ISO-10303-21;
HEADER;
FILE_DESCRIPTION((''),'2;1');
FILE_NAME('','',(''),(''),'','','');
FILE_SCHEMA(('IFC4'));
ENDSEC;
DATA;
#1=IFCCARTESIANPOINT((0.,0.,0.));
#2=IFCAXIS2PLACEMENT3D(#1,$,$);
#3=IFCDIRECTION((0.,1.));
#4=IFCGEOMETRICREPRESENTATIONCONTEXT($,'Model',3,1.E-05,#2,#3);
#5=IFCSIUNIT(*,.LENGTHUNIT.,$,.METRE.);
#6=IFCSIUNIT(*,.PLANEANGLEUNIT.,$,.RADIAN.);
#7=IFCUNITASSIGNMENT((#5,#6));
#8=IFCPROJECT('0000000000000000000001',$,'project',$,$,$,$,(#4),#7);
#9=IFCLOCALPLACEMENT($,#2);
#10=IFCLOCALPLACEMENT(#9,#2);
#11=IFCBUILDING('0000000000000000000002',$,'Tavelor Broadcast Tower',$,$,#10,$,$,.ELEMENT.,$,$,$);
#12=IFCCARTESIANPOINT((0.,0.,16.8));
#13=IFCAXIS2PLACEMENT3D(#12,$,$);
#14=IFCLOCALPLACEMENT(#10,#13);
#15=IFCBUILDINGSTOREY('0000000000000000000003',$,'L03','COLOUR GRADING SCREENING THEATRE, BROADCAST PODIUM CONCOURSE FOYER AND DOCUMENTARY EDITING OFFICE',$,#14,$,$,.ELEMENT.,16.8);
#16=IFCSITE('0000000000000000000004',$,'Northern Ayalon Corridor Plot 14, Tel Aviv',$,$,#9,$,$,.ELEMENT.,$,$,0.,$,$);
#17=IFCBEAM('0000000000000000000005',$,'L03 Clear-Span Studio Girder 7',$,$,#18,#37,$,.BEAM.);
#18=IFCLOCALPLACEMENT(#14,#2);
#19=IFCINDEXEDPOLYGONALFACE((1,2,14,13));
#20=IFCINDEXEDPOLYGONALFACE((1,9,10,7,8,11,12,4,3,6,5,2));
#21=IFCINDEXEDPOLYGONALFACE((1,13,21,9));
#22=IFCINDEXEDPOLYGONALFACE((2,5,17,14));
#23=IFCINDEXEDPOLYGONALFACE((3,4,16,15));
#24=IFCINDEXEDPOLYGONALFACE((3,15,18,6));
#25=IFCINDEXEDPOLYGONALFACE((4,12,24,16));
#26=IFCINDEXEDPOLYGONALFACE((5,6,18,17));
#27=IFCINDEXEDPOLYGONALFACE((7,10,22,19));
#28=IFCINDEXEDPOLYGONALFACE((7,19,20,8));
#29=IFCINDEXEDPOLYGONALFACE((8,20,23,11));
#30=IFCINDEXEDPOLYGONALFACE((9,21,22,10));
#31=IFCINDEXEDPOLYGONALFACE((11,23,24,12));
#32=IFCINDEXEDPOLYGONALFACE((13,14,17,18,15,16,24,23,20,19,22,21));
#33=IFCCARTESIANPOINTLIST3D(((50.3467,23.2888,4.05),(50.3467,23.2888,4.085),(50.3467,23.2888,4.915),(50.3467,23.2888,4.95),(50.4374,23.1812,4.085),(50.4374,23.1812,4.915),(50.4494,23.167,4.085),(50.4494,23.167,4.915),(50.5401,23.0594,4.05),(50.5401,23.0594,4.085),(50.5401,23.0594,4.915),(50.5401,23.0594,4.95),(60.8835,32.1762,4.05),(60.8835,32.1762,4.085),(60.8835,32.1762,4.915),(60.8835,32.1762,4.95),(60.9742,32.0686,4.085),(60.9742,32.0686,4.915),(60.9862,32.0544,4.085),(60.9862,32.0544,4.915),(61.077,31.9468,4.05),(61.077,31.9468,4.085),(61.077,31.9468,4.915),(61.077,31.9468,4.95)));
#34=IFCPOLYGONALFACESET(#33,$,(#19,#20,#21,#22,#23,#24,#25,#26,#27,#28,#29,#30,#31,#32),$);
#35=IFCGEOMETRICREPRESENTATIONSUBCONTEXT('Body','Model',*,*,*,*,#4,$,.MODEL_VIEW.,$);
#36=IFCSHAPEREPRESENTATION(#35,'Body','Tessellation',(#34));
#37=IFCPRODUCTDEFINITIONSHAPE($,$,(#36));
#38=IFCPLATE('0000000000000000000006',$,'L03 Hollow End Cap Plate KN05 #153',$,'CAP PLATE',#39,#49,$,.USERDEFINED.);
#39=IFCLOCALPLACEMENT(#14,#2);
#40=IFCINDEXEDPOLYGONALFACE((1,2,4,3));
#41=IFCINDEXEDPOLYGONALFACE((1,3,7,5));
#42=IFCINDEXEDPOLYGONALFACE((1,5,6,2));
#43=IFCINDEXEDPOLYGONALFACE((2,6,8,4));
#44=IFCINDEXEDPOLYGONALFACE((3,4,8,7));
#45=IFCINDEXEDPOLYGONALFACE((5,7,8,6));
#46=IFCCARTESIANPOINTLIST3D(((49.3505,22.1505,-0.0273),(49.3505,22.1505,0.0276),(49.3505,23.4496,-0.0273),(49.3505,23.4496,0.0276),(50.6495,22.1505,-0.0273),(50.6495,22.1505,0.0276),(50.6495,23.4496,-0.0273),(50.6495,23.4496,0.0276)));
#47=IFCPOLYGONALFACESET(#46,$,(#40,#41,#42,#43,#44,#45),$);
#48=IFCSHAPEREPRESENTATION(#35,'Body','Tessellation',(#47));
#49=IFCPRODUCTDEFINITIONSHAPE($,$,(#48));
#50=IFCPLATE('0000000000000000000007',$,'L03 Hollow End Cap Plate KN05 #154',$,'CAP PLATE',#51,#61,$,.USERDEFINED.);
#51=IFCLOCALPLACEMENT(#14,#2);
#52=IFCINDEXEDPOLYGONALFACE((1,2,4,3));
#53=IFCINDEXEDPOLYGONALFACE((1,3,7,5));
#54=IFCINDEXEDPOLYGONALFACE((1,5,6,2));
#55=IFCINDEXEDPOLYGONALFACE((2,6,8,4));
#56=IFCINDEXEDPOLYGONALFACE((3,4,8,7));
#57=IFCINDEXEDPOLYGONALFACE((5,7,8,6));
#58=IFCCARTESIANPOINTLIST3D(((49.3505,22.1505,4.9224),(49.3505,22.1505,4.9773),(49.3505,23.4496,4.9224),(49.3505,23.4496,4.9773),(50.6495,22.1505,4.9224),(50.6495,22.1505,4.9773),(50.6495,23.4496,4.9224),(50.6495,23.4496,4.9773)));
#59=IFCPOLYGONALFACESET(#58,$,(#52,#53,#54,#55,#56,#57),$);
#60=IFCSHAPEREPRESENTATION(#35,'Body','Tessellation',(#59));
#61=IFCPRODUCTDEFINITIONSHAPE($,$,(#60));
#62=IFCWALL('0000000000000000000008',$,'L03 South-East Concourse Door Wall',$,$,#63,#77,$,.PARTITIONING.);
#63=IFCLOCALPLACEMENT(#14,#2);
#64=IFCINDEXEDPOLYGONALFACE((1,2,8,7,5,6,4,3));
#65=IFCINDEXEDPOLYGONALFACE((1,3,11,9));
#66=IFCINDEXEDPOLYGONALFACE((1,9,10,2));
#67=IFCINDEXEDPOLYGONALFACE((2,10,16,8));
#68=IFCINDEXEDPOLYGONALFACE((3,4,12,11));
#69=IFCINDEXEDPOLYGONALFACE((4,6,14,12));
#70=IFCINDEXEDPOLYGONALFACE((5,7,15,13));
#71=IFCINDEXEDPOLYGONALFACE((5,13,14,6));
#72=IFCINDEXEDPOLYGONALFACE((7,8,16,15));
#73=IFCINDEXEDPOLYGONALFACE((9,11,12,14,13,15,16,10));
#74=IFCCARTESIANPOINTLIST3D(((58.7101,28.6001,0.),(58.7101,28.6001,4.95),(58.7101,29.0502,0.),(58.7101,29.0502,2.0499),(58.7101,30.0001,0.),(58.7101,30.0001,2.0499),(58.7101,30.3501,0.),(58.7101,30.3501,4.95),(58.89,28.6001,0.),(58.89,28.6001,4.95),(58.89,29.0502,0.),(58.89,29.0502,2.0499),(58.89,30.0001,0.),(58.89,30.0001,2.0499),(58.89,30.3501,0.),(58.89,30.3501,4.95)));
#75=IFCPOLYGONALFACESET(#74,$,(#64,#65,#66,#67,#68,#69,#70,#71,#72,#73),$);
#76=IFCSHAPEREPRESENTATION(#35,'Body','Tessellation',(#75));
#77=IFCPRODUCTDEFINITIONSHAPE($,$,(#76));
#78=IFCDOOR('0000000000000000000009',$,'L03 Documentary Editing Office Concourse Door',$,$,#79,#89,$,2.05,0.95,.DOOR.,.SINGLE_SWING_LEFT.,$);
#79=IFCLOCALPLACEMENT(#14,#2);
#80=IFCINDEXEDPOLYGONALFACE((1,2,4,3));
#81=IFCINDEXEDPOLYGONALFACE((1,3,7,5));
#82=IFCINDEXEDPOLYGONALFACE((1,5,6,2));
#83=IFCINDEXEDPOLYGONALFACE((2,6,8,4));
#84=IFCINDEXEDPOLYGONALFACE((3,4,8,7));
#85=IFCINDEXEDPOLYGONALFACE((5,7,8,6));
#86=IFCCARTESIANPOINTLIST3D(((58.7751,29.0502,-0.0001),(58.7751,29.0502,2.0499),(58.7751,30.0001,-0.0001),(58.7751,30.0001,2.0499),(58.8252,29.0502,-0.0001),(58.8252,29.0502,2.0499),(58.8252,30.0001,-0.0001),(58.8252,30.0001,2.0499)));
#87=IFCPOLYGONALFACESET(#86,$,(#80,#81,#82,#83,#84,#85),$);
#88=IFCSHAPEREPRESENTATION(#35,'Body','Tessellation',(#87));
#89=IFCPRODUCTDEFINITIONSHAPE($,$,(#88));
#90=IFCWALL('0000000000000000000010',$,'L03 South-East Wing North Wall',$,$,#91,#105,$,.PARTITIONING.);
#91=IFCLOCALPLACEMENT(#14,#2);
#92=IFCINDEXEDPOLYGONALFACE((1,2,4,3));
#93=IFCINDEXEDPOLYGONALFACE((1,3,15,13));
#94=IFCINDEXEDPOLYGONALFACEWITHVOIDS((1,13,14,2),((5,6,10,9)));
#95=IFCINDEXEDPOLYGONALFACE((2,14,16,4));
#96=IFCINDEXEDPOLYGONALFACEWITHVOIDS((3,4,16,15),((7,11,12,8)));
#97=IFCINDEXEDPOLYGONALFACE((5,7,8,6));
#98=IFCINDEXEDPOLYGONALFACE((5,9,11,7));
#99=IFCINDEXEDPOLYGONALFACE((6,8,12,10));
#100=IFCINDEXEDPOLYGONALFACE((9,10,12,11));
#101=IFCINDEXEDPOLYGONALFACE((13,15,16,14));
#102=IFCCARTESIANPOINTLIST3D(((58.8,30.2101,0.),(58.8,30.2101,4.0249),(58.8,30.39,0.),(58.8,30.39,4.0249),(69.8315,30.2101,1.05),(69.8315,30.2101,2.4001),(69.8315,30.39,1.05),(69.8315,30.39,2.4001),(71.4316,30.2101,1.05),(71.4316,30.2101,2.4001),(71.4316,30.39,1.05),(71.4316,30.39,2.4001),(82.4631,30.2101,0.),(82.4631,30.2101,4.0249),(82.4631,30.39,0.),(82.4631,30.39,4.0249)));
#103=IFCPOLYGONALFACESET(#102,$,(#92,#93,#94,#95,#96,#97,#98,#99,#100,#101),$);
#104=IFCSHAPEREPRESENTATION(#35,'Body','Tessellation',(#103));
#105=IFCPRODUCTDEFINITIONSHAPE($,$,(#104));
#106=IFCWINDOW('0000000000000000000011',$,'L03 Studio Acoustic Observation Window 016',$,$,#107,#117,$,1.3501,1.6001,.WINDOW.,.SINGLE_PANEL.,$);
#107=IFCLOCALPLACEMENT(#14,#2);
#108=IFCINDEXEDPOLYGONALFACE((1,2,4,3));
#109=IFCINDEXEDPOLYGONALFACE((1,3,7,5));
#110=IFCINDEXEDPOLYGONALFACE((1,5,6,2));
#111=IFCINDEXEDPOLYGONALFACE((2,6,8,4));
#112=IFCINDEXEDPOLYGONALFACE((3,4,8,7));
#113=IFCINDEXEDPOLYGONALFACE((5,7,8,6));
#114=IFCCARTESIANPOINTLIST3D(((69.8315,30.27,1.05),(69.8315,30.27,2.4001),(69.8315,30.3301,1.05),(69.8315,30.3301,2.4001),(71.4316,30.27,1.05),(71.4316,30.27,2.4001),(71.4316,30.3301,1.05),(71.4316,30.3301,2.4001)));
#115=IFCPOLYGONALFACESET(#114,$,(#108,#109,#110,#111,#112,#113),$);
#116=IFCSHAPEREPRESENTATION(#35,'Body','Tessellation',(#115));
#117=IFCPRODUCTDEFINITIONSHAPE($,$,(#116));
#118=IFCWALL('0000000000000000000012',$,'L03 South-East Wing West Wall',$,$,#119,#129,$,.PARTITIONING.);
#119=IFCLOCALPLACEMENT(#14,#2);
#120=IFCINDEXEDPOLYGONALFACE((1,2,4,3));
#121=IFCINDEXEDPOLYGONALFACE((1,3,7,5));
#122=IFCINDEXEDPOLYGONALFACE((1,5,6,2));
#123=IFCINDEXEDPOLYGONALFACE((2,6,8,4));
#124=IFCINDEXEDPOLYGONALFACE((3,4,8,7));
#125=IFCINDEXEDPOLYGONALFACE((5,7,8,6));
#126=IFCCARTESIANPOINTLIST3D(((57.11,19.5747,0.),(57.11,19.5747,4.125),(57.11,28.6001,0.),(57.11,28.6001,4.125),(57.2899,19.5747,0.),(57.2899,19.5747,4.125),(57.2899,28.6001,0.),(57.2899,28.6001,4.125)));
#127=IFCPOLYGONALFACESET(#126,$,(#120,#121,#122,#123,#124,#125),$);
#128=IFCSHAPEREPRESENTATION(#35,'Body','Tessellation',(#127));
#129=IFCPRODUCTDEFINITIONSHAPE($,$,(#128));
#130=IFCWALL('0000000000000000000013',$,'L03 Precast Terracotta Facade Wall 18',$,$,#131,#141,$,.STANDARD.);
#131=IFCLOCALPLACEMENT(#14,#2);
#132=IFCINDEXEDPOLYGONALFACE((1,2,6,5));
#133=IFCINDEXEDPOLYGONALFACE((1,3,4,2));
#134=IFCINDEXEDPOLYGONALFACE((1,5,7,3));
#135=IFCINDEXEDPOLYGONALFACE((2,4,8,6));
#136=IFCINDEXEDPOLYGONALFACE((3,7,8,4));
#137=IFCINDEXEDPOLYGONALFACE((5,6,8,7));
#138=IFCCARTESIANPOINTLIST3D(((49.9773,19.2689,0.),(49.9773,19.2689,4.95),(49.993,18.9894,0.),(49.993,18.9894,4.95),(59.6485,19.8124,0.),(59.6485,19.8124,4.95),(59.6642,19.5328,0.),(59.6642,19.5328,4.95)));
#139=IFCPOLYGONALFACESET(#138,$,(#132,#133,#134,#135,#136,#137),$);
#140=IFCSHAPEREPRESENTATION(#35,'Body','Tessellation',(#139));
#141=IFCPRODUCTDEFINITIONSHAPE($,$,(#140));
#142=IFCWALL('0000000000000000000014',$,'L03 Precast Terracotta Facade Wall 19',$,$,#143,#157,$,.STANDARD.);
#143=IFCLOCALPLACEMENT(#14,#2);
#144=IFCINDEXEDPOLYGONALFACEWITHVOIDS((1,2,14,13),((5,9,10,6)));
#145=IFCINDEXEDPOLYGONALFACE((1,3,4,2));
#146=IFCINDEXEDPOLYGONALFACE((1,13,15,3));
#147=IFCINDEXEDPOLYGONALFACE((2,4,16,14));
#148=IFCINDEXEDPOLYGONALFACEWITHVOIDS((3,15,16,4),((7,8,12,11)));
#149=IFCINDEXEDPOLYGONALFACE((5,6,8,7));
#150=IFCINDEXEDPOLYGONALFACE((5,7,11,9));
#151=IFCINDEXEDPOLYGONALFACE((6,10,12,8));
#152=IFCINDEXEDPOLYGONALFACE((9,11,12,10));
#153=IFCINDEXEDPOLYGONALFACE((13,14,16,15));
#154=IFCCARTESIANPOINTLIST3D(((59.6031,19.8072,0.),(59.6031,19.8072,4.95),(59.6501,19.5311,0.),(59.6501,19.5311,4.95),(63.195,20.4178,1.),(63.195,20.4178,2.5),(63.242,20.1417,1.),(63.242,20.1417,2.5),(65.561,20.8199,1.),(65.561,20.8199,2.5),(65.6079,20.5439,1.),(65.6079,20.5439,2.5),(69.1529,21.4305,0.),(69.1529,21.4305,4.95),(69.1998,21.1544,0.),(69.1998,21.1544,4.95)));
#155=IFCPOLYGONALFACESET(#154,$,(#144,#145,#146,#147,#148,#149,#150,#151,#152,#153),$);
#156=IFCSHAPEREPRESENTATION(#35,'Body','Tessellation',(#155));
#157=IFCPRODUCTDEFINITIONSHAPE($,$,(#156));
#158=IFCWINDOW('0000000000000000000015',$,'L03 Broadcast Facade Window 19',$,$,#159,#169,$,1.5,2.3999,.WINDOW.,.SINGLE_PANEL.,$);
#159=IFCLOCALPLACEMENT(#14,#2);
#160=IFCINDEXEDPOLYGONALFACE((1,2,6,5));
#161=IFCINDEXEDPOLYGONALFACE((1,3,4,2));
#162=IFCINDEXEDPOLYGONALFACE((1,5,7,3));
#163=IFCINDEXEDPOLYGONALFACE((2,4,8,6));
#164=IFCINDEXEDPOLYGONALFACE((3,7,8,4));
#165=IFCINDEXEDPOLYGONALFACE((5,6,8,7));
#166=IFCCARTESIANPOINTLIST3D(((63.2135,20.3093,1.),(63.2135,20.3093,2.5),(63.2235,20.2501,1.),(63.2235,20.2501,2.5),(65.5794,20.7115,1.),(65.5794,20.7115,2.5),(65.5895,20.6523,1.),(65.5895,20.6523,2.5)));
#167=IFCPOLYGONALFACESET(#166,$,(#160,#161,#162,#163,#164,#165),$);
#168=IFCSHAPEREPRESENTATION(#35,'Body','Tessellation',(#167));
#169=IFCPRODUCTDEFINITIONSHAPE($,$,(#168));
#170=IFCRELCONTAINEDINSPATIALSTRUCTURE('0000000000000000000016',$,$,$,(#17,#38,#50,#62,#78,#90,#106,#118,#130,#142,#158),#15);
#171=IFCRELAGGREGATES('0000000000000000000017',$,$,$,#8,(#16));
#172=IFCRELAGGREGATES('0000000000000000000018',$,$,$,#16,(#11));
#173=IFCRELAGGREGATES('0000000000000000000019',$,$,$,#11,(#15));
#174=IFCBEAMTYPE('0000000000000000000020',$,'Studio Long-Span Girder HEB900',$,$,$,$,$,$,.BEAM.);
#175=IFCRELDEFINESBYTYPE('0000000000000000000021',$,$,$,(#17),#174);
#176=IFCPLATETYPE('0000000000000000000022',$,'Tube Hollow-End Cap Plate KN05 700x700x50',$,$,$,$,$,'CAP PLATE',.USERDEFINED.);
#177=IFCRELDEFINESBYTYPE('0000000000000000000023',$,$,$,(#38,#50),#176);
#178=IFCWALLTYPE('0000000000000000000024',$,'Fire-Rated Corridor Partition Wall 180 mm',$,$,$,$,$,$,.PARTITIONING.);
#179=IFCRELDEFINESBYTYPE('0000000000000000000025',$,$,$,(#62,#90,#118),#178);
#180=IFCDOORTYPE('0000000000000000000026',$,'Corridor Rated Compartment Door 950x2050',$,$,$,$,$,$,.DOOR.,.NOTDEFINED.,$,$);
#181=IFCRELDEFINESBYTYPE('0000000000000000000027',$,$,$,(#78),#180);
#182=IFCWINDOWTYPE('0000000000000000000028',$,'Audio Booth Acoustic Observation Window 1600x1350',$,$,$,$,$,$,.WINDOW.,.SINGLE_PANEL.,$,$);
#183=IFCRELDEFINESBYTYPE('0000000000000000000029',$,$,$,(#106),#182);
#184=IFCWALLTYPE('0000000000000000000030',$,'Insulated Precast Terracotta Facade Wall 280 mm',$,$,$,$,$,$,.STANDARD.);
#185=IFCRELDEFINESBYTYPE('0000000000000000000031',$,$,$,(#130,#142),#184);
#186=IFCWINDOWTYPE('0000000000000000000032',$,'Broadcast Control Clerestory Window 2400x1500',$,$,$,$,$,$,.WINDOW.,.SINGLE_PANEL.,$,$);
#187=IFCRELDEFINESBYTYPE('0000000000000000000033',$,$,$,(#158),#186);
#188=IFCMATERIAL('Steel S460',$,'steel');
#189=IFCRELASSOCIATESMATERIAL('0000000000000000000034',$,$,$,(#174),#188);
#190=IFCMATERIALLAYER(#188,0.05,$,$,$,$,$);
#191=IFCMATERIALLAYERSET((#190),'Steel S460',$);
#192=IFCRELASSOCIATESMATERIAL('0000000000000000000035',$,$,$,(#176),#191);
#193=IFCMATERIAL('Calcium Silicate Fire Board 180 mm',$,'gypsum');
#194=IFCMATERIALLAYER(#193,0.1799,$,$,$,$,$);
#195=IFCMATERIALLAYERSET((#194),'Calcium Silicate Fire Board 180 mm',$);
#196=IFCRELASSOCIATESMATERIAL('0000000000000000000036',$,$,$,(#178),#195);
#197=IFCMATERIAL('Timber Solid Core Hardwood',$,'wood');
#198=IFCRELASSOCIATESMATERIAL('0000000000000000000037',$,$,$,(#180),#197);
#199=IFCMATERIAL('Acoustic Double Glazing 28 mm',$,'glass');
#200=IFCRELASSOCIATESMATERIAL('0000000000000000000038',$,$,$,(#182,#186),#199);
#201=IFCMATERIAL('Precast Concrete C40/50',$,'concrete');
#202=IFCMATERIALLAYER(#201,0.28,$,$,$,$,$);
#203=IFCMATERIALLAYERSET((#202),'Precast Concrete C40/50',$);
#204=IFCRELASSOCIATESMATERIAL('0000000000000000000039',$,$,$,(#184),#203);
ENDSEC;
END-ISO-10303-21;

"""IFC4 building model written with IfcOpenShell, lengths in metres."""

from ifc_helpers import new_model, si_unit, direction, frame, frame_2d, origin, origin_2d, place, context, subcontext, project, spatial, rectangle, i_section, extrude, source, transform, mapped, material, layer, layer_set, material_profile, profile_set, type_object, type_shapes, element, fill, save


model = new_model("IFC4")

# Units and contexts
model_context = context("Model", 3, precision=1e-05, world=origin(), true_north=direction((0.0, 1.0)))
body_context = subcontext(model_context, "Body", "Model", "MODEL_VIEW")
ifc_project = project(units=[si_unit("LENGTHUNIT", "METRE"), si_unit("PLANEANGLEUNIT", "RADIAN")], contexts=[model_context])

# Site, building, storey
site_placement = place(None, origin())
site = spatial("IfcSite", under=ifc_project, at=site_placement, Name="Northern Ayalon Corridor Plot 14, Tel Aviv", CompositionType="ELEMENT", RefElevation=0.0)
building_placement = place(site_placement, origin())
building = spatial("IfcBuilding", under=site, at=building_placement, Name="Tavelor Broadcast Tower", CompositionType="ELEMENT")
storey_placement = place(building_placement, frame((0.0, 0.0, 16.8)))
storey = spatial("IfcBuildingStorey", under=building, at=storey_placement, Name="L03", Description="COLOUR GRADING SCREENING THEATRE, BROADCAST PODIUM CONCOURSE FOYER AND DOCUMENTARY EDITING OFFICE", CompositionType="ELEMENT", Elevation=16.8)

# Shared definitions
ifc_material_1 = material(Name="Steel S460", Category="steel")

# Beam
ifc_material_profile_1 = material_profile(ifc_material_1, i_section(OverallWidth=0.3, OverallDepth=0.8999, WebThickness=0.0186, FlangeThickness=0.0349, at=origin_2d()), Name="HEB 900")
ifc_profile_set_1 = profile_set([ifc_material_profile_1], Name="Steel S460")
beam_type_1 = type_object("IfcBeamType", Name="Studio Long-Span Girder HEB900", PredefinedType="BEAM", material=ifc_profile_set_1)
beam_1_placement = place(storey_placement, frame((60.9802, 32.0615, 4.5), z_axis=(-0.7644, -0.644743, 0.0), x_axis=(0.644743, -0.7644, 0.0)))
element("IfcBeam", 1, at=beam_1_placement, inside=storey, type_object=beam_type_1, Name="L03 Clear-Span Studio Girder 7", PredefinedType="BEAM", context=body_context, shape_type="SweptSolid", body=[
    extrude(i_section(OverallWidth=0.3, OverallDepth=0.8999, WebThickness=0.0186, FlangeThickness=0.0349, at=origin_2d()), origin(), (0.0, 0.0, 1.0), 13.7844),
])

# Plates
ifc_layer_1 = layer(ifc_material_1, 0.05)
ifc_layer_set_1 = layer_set([ifc_layer_1], Name="Steel S460")
plate_type = type_object("IfcPlateType", Name="Tube Hollow-End Cap Plate KN05 700x700x50", ElementType="CAP PLATE", PredefinedType="USERDEFINED", material=ifc_layer_set_1)
shared_shape = source(origin(), body_context, "Body", "SweptSolid", [
    extrude(rectangle(XDim=1.2991, YDim=1.2991, at=origin_2d()), origin(), (0.0, 0.0, 1.0), 0.0549),
])
type_shapes(plate_type, [shared_shape])
for number, where, z_axis, x_axis, name in (
    (2, (50.0, 22.8, -0.0273), (0.0, 0.0, 1.0), (1.0, 0.0, 0.0), "L03 Hollow End Cap Plate KN05 #153"),
    (3, (50.0, 22.8, 4.9224), (0.0, 0.0, 1.0), (1.0, 0.0, 0.0), "L03 Hollow End Cap Plate KN05 #154"),
):
    element("IfcPlate", number, at=place(storey_placement, frame(where, z_axis=z_axis, x_axis=x_axis)), inside=storey, type_object=plate_type, Name=name, ObjectType="CAP PLATE", PredefinedType="USERDEFINED", context=body_context, shape_type="MappedRepresentation", body=[
        mapped(shared_shape, transform((0.0, 0.0, 0.0), scale=1.0)),
    ])

# Wall, opening, door
ifc_material_2 = material(Name="Calcium Silicate Fire Board 180 mm", Category="gypsum")
ifc_layer_2 = layer(ifc_material_2, 0.1799)
ifc_layer_set_2 = layer_set([ifc_layer_2], Name="Calcium Silicate Fire Board 180 mm")
wall_type_1 = type_object("IfcWallType", Name="Fire-Rated Corridor Partition Wall 180 mm", PredefinedType="PARTITIONING", material=ifc_layer_set_2)
wall_1_placement = place(storey_placement, frame((58.8, 28.6001, 0.0), z_axis=(0.0, 0.0, 1.0), x_axis=(0.0, 1.0, 0.0)))
wall_1 = element("IfcWall", 4, at=wall_1_placement, inside=storey, type_object=wall_type_1, Name="L03 South-East Concourse Door Wall", PredefinedType="PARTITIONING", context=body_context, shape_type="SweptSolid", body=[
    extrude(rectangle(XDim=1.75, YDim=0.1799, at=frame_2d((0.875, 0.0))), origin(), (0.0, 0.0, 1.0), 4.95),
])
opening_1_placement = place(wall_1_placement, frame((0.45, 0.0, 0.0)))
opening_1 = element("IfcOpeningElement", 5, at=opening_1_placement, cuts=wall_1, PredefinedType="OPENING", context=body_context, shape_type="SweptSolid", body=[
    extrude(rectangle(XDim=0.95, YDim=2.05, at=frame_2d((0.4751, 1.0249))), frame((0.0, 0.1001, 0.0), z_axis=(0.0, -1.0, 0.0), x_axis=(1.0, 0.0, 0.0)), (0.0, 0.0, 1.0), 0.2),
])
ifc_material_3 = material(Name="Timber Solid Core Hardwood", Category="wood")
door_type_1 = type_object("IfcDoorType", Name="Corridor Rated Compartment Door 950x2050", OperationType="NOTDEFINED", PredefinedType="DOOR", material=ifc_material_3)
door_1_placement = place(opening_1_placement, origin())
door_1 = element("IfcDoor", 6, at=door_1_placement, inside=storey, type_object=door_type_1, Name="L03 Documentary Editing Office Concourse Door", OperationType="SINGLE_SWING_LEFT", OverallHeight=2.05, OverallWidth=0.95, PredefinedType="DOOR", context=body_context, shape_type="SweptSolid", body=[
    extrude(rectangle(XDim=0.95, YDim=2.05, at=frame_2d((0.4751, 1.0249))), frame((0.0, 0.0249, 0.0), z_axis=(0.0, -1.0, 0.0), x_axis=(1.0, 0.0, 0.0)), (0.0, 0.0, 1.0), 0.05),
])
fill(opening_1, door_1)

# Wall, opening, window
wall_2_placement = place(storey_placement, frame((58.8, 30.3, 0.0), z_axis=(0.0, 0.0, 1.0), x_axis=(1.0, 0.0, 0.0)))
wall_2 = element("IfcWall", 7, at=wall_2_placement, inside=storey, type_object=wall_type_1, Name="L03 South-East Wing North Wall", PredefinedType="PARTITIONING", context=body_context, shape_type="SweptSolid", body=[
    extrude(rectangle(XDim=23.6631, YDim=0.1799, at=frame_2d((11.8315, 0.0))), origin(), (0.0, 0.0, 1.0), 4.0249),
])
opening_2_placement = place(wall_2_placement, frame((11.0315, 0.0, 1.05)))
opening_2 = element("IfcOpeningElement", 8, at=opening_2_placement, cuts=wall_2, PredefinedType="OPENING", context=body_context, shape_type="SweptSolid", body=[
    extrude(rectangle(XDim=1.6001, YDim=1.3501, at=frame_2d((0.8, 0.675))), frame((0.0, 0.1001, 0.0), z_axis=(0.0, -1.0, 0.0), x_axis=(1.0, 0.0, 0.0)), (0.0, 0.0, 1.0), 0.2),
])
ifc_material_4 = material(Name="Acoustic Double Glazing 28 mm", Category="glass")
window_type_1 = type_object("IfcWindowType", Name="Audio Booth Acoustic Observation Window 1600x1350", PartitioningType="SINGLE_PANEL", PredefinedType="WINDOW", material=ifc_material_4)
window_1_placement = place(opening_2_placement, origin())
window_1 = element("IfcWindow", 9, at=window_1_placement, inside=storey, type_object=window_type_1, Name="L03 Studio Acoustic Observation Window 016", OverallHeight=1.3501, OverallWidth=1.6001, PartitioningType="SINGLE_PANEL", PredefinedType="WINDOW", context=body_context, shape_type="SweptSolid", body=[
    extrude(rectangle(XDim=1.6001, YDim=1.3501, at=frame_2d((0.8, 0.675))), frame((0.0, 0.03, 0.0), z_axis=(0.0, -1.0, 0.0), x_axis=(1.0, 0.0, 0.0)), (0.0, 0.0, 1.0), 0.0601),
])
fill(opening_2, window_1)

# Walls
wall_3_placement = place(storey_placement, frame((57.2, 19.5747, 0.0), z_axis=(0.0, 0.0, 1.0), x_axis=(0.0, 1.0, 0.0)))
element("IfcWall", 10, at=wall_3_placement, inside=storey, type_object=wall_type_1, Name="L03 South-East Wing West Wall", PredefinedType="PARTITIONING", context=body_context, shape_type="SweptSolid", body=[
    extrude(rectangle(XDim=9.0254, YDim=0.1799, at=frame_2d((4.5127, 0.0))), origin(), (0.0, 0.0, 1.0), 4.125),
])
ifc_material_5 = material(Name="Precast Concrete C40/50", Category="concrete")
ifc_layer_3 = layer(ifc_material_5, 0.28)
ifc_layer_set_3 = layer_set([ifc_layer_3], Name="Precast Concrete C40/50")
wall_type_2 = type_object("IfcWallType", Name="Insulated Precast Terracotta Facade Wall 280 mm", PredefinedType="STANDARD", material=ifc_layer_set_3)
wall_4_placement = place(storey_placement, frame((49.9851, 19.1292, 0.0), z_axis=(0.0, 0.0, 1.0), x_axis=(0.998425, 0.056104, 0.0)))
element("IfcWall", 11, at=wall_4_placement, inside=storey, type_object=wall_type_2, Name="L03 Precast Terracotta Facade Wall 18", PredefinedType="STANDARD", context=body_context, shape_type="SweptSolid", body=[
    extrude(rectangle(XDim=9.6865, YDim=0.28, at=frame_2d((4.8433, 0.0))), origin(), (0.0, 0.0, 1.0), 4.95),
])

# Wall, opening, window
wall_5_placement = place(storey_placement, frame((59.6267, 19.6692, 0.0), z_axis=(0.0, 0.0, 1.0), x_axis=(0.985859, 0.167578, 0.0)))
wall_5 = element("IfcWall", 12, at=wall_5_placement, inside=storey, type_object=wall_type_2, Name="L03 Precast Terracotta Facade Wall 19", PredefinedType="STANDARD", context=body_context, shape_type="SweptSolid", body=[
    extrude(rectangle(XDim=9.6868, YDim=0.28, at=frame_2d((4.8433, 0.0))), origin(), (0.0, 0.0, 1.0), 4.95),
])
opening_3_placement = place(wall_5_placement, frame((3.6433, 0.0, 1.0)))
opening_3 = element("IfcOpeningElement", 13, at=opening_3_placement, cuts=wall_5, PredefinedType="OPENING", context=body_context, shape_type="SweptSolid", body=[
    extrude(rectangle(XDim=2.3999, YDim=1.5, at=frame_2d((1.2, 0.75))), frame((0.0, 0.1499, 0.0), z_axis=(0.0, -1.0, 0.0), x_axis=(1.0, 0.0, 0.0)), (0.0, 0.0, 1.0), 0.3),
])
window_type_2 = type_object("IfcWindowType", Name="Broadcast Control Clerestory Window 2400x1500", PartitioningType="SINGLE_PANEL", PredefinedType="WINDOW", material=ifc_material_4)
window_2_placement = place(opening_3_placement, origin())
window_2 = element("IfcWindow", 14, at=window_2_placement, inside=storey, type_object=window_type_2, Name="L03 Broadcast Facade Window 19", OverallHeight=1.5, OverallWidth=2.3999, PartitioningType="SINGLE_PANEL", PredefinedType="WINDOW", context=body_context, shape_type="SweptSolid", body=[
    extrude(rectangle(XDim=2.3999, YDim=1.5, at=frame_2d((1.2, 0.75))), frame((0.0, 0.03, 0.0), z_axis=(0.0, -1.0, 0.0), x_axis=(1.0, 0.0, 0.0)), (0.0, 0.0, 1.0), 0.0601),
])
fill(opening_3, window_2)

save(model, "model.ifc")
